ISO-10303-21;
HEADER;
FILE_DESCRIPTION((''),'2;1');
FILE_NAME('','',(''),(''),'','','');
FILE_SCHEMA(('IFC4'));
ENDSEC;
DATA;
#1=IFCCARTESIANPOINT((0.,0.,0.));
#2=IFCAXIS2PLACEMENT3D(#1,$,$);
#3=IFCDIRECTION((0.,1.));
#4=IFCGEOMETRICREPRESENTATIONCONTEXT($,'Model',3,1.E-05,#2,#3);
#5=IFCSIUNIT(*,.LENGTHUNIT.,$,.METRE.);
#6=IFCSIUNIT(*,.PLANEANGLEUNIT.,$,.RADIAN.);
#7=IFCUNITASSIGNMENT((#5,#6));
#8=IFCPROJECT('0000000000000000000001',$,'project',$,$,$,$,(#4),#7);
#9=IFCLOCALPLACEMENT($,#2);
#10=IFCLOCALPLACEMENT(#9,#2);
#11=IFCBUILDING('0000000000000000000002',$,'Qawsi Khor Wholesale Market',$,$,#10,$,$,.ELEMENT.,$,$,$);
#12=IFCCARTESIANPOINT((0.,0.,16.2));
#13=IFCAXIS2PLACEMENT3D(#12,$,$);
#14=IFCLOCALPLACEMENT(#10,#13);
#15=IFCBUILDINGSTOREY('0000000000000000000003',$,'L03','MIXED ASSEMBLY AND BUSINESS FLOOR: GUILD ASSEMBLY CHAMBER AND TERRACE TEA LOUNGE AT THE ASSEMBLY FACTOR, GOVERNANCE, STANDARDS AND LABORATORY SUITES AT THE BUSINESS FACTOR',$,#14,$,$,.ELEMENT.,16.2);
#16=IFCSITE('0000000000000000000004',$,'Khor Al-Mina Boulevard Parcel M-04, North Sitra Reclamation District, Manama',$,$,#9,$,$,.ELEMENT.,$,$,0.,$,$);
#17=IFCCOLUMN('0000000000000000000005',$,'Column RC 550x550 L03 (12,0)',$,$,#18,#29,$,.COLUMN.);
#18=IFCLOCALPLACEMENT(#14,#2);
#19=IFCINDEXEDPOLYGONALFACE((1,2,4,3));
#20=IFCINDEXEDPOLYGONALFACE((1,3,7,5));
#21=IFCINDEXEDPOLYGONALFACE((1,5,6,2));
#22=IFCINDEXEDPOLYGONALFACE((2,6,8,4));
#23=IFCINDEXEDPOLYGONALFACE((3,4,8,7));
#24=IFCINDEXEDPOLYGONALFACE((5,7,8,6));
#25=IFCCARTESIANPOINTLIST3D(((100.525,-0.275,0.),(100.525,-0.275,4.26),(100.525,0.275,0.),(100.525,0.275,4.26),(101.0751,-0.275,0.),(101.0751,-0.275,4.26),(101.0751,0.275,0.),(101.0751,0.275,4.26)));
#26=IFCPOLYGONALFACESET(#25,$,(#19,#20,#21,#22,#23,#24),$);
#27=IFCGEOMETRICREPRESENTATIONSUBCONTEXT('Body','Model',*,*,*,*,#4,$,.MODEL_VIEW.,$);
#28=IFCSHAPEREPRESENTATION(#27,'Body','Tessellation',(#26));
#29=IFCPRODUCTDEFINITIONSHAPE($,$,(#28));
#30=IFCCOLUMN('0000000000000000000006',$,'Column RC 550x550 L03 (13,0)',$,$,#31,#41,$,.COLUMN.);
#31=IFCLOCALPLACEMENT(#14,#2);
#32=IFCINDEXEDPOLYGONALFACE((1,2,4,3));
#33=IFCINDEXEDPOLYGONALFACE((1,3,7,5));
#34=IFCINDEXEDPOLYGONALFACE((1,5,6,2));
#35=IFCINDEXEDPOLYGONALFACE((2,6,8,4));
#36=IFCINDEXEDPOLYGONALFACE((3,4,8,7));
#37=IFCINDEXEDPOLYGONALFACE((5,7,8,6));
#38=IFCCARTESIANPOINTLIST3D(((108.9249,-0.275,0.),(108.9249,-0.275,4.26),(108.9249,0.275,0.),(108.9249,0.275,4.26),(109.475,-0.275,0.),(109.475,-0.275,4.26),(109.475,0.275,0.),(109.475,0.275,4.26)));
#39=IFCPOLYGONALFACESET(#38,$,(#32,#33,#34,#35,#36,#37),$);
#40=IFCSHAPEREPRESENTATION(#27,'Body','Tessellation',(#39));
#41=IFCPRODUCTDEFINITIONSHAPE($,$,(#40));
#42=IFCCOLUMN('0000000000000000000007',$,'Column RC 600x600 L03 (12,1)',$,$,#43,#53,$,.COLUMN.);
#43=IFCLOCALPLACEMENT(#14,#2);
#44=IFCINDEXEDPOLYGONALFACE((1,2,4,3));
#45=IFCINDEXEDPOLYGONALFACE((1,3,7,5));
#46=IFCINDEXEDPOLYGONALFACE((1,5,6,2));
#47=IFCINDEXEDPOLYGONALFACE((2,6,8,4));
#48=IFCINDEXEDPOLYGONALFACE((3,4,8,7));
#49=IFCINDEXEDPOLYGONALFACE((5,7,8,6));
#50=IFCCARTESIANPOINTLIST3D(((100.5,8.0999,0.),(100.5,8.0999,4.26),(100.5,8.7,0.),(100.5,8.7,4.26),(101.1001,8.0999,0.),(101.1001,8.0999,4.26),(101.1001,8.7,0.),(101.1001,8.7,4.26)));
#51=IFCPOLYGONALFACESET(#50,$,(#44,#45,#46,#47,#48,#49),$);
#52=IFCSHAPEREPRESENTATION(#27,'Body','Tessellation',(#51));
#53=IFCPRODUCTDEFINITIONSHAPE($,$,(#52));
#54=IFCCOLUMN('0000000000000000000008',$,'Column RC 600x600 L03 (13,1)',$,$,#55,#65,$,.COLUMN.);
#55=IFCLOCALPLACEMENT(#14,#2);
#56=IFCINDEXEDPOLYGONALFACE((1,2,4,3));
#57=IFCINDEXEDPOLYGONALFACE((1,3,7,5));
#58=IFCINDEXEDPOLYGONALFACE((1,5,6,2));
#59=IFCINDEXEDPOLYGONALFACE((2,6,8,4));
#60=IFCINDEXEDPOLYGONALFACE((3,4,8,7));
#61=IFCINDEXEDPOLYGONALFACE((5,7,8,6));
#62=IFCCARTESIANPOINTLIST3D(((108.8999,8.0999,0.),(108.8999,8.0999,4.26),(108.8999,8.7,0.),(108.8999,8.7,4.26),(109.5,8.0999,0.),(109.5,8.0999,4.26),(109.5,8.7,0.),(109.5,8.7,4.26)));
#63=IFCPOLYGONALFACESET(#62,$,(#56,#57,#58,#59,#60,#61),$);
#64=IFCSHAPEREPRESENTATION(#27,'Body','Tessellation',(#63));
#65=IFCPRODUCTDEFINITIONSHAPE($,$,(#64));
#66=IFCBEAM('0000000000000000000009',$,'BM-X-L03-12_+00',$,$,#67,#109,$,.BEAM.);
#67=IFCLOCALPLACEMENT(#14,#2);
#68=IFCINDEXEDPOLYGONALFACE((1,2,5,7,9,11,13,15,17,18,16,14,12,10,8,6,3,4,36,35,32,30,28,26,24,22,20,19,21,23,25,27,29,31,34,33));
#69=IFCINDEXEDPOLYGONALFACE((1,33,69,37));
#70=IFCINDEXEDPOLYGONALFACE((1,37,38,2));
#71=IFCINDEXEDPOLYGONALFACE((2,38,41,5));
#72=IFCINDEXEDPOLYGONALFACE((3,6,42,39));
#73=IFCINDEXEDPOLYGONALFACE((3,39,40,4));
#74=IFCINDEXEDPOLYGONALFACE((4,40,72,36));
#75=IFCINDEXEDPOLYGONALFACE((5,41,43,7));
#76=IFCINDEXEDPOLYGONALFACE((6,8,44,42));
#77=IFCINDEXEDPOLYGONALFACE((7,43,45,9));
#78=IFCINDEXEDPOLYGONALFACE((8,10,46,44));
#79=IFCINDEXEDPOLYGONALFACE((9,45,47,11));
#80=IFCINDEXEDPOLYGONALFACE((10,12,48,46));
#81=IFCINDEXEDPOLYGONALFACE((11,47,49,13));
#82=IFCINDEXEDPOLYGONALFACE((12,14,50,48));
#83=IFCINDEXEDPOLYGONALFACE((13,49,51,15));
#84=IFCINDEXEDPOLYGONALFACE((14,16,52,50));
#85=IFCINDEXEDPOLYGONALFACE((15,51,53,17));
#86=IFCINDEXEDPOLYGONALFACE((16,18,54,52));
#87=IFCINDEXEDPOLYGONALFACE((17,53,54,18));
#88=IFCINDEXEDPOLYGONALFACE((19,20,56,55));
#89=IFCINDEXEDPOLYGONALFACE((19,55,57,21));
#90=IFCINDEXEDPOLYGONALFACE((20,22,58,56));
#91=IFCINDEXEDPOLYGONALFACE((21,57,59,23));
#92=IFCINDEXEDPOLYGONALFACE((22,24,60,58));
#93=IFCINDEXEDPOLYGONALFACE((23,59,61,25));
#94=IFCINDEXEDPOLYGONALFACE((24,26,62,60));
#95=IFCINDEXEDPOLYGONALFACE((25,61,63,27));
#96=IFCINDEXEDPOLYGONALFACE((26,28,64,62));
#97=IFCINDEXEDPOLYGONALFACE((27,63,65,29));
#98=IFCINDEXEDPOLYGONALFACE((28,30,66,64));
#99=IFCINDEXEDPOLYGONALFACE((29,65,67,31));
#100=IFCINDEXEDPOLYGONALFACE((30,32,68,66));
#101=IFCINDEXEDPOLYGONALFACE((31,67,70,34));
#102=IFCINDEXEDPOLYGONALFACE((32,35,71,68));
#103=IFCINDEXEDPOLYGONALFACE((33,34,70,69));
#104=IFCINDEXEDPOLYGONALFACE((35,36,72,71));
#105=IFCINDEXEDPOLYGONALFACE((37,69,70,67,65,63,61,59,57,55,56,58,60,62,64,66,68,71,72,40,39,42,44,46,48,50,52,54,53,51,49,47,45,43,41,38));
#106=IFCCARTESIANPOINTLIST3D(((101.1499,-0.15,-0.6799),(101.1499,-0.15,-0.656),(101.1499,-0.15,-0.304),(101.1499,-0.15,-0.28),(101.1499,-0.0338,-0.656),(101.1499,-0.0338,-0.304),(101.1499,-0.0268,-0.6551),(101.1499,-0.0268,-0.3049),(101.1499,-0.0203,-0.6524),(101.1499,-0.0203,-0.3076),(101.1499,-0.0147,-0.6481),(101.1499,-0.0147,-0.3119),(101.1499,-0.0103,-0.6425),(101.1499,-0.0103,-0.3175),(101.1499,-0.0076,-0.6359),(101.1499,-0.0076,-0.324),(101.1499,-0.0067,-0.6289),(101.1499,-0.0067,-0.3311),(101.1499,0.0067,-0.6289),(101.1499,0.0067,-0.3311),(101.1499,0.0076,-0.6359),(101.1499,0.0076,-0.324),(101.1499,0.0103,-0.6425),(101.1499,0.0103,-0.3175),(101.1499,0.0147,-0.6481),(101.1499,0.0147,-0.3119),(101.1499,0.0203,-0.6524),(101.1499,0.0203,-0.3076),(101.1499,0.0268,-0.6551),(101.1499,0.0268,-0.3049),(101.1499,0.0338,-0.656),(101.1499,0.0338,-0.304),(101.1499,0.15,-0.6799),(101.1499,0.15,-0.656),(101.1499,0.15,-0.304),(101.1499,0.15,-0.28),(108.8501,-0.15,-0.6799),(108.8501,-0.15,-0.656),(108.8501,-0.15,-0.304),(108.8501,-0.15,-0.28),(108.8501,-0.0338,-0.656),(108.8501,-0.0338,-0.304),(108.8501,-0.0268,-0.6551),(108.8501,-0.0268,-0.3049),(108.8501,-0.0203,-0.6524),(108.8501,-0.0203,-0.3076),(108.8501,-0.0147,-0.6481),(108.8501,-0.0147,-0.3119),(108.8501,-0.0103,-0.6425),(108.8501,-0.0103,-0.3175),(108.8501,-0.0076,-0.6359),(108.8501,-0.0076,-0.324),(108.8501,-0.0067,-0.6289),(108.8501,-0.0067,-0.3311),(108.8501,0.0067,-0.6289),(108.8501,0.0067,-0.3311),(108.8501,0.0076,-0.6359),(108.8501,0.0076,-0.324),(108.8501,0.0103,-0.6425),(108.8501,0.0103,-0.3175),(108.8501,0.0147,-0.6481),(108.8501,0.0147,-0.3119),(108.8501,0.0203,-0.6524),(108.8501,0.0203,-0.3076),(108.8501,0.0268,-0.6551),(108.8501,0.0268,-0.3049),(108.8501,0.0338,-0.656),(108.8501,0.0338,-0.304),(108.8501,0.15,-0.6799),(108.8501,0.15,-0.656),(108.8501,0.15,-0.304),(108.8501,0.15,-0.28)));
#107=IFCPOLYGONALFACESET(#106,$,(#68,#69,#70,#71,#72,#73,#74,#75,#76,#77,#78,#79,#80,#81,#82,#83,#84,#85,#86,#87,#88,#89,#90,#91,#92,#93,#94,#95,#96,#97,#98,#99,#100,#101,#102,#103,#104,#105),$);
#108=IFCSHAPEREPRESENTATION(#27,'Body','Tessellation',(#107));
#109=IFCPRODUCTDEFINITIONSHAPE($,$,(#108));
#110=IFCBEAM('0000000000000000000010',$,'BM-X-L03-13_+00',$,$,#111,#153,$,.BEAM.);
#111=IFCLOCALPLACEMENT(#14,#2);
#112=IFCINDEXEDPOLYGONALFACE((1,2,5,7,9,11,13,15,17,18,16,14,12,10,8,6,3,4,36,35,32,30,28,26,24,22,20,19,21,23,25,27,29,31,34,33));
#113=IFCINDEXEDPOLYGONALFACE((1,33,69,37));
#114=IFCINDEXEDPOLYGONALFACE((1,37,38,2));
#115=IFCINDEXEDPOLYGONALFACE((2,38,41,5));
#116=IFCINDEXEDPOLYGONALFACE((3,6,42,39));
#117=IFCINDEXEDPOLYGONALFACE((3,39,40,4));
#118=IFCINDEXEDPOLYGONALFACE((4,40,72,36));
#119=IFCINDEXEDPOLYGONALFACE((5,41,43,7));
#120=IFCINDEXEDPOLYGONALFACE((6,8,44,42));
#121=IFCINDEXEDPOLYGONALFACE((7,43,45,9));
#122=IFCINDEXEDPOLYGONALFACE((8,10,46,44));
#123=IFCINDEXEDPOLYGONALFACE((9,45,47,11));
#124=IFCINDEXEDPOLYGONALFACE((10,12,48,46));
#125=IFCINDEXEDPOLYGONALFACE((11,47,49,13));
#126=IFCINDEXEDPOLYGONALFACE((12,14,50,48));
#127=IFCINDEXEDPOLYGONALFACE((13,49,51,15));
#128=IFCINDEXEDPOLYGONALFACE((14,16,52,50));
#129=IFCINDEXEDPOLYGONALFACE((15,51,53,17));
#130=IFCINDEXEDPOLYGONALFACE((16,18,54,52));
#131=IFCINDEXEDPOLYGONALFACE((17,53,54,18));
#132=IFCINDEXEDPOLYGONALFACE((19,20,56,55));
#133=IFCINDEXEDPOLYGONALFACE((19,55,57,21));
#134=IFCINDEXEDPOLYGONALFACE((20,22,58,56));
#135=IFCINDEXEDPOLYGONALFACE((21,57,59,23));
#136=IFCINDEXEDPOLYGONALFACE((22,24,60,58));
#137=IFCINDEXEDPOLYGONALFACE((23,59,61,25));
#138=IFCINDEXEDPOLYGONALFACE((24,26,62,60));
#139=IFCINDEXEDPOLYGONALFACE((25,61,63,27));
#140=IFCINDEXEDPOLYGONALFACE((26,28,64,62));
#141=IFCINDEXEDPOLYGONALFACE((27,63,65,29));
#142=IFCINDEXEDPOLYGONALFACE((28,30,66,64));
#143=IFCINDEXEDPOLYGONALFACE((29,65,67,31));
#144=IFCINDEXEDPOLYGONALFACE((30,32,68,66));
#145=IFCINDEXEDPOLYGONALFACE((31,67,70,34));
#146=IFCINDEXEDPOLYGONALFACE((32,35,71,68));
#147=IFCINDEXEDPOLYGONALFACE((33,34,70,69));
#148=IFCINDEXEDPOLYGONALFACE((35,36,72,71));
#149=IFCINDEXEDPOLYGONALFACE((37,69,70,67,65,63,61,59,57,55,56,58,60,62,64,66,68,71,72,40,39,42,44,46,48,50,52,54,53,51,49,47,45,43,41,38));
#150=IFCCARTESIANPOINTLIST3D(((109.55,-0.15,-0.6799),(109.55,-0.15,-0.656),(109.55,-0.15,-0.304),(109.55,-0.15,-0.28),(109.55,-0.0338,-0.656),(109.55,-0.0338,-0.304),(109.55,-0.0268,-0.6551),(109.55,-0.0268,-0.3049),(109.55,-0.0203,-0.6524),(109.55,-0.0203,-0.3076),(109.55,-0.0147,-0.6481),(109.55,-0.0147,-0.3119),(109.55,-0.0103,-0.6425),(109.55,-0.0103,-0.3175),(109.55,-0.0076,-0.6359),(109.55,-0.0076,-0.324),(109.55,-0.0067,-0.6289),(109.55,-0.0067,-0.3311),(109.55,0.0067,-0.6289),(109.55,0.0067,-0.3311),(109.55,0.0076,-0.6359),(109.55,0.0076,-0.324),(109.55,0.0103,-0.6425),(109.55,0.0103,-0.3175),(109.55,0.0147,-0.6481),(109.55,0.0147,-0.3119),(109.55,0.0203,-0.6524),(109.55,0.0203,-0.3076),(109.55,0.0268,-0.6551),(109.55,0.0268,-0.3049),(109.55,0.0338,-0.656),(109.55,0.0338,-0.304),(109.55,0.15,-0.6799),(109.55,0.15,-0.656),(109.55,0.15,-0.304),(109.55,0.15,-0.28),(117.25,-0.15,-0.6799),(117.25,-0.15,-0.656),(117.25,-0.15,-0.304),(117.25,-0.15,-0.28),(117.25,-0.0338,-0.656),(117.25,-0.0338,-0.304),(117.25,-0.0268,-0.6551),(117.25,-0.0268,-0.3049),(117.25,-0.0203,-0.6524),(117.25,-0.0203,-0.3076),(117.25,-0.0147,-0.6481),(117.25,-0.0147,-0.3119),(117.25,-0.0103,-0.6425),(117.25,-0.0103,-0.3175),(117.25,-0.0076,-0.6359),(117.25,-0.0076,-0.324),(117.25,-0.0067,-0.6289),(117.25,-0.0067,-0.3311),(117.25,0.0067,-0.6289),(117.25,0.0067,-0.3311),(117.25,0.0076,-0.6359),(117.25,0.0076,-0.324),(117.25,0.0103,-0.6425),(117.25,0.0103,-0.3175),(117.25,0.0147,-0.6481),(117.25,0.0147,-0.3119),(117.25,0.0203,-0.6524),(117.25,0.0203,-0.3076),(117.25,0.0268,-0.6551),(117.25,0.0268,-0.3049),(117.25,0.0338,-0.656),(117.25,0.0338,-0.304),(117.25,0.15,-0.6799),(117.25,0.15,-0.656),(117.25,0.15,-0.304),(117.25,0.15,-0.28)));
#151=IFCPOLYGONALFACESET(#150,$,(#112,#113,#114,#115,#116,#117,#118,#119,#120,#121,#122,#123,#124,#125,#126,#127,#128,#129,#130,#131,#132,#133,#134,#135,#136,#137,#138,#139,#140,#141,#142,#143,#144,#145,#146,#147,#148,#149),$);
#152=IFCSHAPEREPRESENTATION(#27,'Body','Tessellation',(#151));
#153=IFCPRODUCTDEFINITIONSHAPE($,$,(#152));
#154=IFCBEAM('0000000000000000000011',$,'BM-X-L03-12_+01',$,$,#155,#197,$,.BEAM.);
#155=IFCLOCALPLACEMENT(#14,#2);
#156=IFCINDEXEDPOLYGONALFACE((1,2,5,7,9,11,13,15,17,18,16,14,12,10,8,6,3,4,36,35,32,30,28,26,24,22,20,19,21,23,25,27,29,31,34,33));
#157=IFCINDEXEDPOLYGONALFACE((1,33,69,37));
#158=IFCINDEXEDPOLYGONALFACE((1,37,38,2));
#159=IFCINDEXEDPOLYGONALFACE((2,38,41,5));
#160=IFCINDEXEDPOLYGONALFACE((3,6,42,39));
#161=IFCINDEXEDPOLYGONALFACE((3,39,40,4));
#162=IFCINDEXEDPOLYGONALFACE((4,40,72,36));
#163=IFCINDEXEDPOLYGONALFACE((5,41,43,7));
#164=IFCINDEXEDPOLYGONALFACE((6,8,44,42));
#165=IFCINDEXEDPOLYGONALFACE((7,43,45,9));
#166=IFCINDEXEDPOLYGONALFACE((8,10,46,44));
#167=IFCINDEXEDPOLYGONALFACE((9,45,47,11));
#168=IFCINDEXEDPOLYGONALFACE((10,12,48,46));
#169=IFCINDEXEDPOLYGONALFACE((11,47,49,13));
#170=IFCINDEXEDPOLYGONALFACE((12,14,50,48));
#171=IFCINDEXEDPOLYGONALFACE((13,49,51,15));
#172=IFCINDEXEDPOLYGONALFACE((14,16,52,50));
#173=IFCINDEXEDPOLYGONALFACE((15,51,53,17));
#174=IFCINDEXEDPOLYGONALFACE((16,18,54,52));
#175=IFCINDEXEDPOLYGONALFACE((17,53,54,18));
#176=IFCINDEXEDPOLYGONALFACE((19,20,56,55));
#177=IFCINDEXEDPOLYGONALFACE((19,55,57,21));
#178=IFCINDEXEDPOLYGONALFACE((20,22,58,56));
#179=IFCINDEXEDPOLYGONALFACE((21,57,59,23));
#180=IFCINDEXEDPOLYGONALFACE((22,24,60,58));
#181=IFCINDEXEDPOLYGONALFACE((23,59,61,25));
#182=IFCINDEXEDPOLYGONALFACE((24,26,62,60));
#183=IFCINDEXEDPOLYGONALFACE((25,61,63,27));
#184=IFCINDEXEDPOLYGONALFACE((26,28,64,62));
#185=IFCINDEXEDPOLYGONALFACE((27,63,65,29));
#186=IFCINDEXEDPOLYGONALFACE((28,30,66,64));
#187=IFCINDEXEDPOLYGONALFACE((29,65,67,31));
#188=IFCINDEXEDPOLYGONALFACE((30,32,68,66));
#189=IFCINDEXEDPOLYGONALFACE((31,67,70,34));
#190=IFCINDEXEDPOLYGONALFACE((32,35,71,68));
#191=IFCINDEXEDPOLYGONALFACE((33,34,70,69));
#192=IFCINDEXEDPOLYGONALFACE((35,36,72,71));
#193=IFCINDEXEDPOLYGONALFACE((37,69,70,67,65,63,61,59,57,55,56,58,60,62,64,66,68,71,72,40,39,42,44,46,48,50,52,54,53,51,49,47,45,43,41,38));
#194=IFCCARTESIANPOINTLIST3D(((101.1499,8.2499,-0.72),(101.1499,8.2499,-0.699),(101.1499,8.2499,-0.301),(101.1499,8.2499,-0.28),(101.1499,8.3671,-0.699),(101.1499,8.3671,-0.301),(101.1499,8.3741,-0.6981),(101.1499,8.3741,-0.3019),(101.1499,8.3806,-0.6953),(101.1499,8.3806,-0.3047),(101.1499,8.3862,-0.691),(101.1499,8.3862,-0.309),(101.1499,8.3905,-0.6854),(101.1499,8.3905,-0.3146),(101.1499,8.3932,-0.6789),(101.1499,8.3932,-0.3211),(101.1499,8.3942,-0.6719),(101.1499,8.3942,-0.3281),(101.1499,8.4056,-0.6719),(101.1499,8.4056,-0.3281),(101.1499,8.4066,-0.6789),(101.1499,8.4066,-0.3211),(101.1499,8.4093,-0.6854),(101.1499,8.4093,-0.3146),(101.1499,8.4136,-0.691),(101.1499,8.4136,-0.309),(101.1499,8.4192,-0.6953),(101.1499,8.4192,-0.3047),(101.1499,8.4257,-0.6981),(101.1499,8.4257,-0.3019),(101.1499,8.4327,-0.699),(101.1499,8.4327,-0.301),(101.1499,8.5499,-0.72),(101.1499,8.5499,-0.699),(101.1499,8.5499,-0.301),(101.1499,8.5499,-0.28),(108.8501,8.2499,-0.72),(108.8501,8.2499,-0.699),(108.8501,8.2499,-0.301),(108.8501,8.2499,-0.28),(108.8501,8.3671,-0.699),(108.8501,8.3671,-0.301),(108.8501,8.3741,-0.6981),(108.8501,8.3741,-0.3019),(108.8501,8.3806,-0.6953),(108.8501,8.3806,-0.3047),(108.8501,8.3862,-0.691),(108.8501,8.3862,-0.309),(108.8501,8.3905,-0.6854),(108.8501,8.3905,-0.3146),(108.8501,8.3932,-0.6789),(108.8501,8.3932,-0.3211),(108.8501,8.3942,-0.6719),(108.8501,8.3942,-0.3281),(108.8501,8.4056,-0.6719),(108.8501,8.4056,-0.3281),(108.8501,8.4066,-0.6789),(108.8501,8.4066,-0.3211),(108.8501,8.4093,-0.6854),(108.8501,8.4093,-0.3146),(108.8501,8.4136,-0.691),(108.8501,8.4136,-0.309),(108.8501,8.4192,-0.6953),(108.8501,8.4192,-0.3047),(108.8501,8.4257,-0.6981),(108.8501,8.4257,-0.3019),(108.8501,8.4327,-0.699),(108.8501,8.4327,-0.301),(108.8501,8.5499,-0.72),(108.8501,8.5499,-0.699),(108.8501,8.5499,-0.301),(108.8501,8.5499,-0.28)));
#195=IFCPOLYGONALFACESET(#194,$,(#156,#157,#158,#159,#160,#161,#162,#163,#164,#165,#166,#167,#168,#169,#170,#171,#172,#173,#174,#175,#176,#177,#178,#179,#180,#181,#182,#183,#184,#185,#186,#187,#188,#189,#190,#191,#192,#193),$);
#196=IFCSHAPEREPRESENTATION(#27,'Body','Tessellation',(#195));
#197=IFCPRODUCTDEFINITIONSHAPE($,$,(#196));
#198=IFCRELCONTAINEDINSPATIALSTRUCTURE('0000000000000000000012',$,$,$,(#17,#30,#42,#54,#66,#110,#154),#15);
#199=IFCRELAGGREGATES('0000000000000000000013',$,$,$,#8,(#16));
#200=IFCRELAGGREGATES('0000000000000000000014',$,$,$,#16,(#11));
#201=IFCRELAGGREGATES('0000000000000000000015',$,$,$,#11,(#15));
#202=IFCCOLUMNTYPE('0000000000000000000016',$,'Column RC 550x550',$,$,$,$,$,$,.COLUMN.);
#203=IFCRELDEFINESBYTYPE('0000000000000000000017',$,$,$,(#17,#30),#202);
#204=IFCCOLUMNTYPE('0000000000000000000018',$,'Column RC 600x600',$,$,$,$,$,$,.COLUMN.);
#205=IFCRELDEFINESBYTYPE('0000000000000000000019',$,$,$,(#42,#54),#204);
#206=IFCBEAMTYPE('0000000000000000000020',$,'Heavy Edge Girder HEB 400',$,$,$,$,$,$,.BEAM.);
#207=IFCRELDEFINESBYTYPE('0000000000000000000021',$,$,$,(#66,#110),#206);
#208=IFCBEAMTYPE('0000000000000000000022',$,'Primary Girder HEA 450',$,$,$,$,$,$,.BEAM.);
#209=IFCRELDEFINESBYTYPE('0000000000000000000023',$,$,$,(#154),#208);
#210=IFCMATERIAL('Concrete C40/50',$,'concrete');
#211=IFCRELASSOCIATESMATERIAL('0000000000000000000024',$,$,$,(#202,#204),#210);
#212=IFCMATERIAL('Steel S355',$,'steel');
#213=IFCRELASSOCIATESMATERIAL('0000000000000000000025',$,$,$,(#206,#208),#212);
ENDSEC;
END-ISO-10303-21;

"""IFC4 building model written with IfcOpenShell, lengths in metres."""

from ifc_helpers import new_model, si_unit, direction, frame, origin, origin_2d, place, context, subcontext, project, spatial, rectangle, i_section, extrude, material, material_profile, profile_set, type_object, element, save


model = new_model("IFC4")

# Units and contexts
model_context = context("Model", 3, precision=1e-05, world=origin(), true_north=direction((0.0, 1.0)))
body_context = subcontext(model_context, "Body", "Model", "MODEL_VIEW")
ifc_project = project(units=[si_unit("LENGTHUNIT", "METRE"), si_unit("PLANEANGLEUNIT", "RADIAN")], contexts=[model_context])

# Site, building, storey
site_placement = place(None, origin())
site = spatial("IfcSite", under=ifc_project, at=site_placement, Name="Khor Al-Mina Boulevard Parcel M-04, North Sitra Reclamation District, Manama", CompositionType="ELEMENT", RefElevation=0.0)
building_placement = place(site_placement, origin())
building = spatial("IfcBuilding", under=site, at=building_placement, Name="Qawsi Khor Wholesale Market", CompositionType="ELEMENT")
storey_placement = place(building_placement, frame((0.0, 0.0, 16.2)))
storey = spatial("IfcBuildingStorey", under=building, at=storey_placement, Name="L03", Description="MIXED ASSEMBLY AND BUSINESS FLOOR: GUILD ASSEMBLY CHAMBER AND TERRACE TEA LOUNGE AT THE ASSEMBLY FACTOR, GOVERNANCE, STANDARDS AND LABORATORY SUITES AT THE BUSINESS FACTOR", CompositionType="ELEMENT", Elevation=16.2)

# Columns
ifc_material_1 = material(Name="Concrete C40/50", Category="concrete")
ifc_material_profile_1 = material_profile(ifc_material_1, rectangle(XDim=0.55, YDim=0.55, at=origin_2d()), Name="RC 550x550")
ifc_profile_set_1 = profile_set([ifc_material_profile_1], Name="Concrete C40/50")
column_type_1 = type_object("IfcColumnType", Name="Column RC 550x550", PredefinedType="COLUMN", material=ifc_profile_set_1)
for number, where, z_axis, x_axis, name in (
    (1, (100.8, 0.0, 0.0), (0.0, 0.0, 1.0), (1.0, 0.0, 0.0), "Column RC 550x550 L03 (12,0)"),
    (2, (109.2, 0.0, 0.0), (0.0, 0.0, 1.0), (1.0, 0.0, 0.0), "Column RC 550x550 L03 (13,0)"),
):
    element("IfcColumn", number, at=place(storey_placement, frame(where, z_axis=z_axis, x_axis=x_axis)), inside=storey, type_object=column_type_1, Name=name, PredefinedType="COLUMN", context=body_context, shape_type="SweptSolid", body=[
        extrude(rectangle(XDim=0.55, YDim=0.55, at=origin_2d()), origin(), (0.0, 0.0, 1.0), 4.26),
    ])
ifc_material_profile_2 = material_profile(ifc_material_1, rectangle(XDim=0.6001, YDim=0.6001, at=origin_2d()), Name="RC 600x600")
ifc_profile_set_2 = profile_set([ifc_material_profile_2], Name="Concrete C40/50")
column_type_2 = type_object("IfcColumnType", Name="Column RC 600x600", PredefinedType="COLUMN", material=ifc_profile_set_2)
for number, where, z_axis, x_axis, name in (
    (3, (100.8, 8.3999, 0.0), (0.0, 0.0, 1.0), (1.0, 0.0, 0.0), "Column RC 600x600 L03 (12,1)"),
    (4, (109.2, 8.3999, 0.0), (0.0, 0.0, 1.0), (1.0, 0.0, 0.0), "Column RC 600x600 L03 (13,1)"),
):
    element("IfcColumn", number, at=place(storey_placement, frame(where, z_axis=z_axis, x_axis=x_axis)), inside=storey, type_object=column_type_2, Name=name, PredefinedType="COLUMN", context=body_context, shape_type="SweptSolid", body=[
        extrude(rectangle(XDim=0.6001, YDim=0.6001, at=origin_2d()), origin(), (0.0, 0.0, 1.0), 4.26),
    ])

# Beams
ifc_material_2 = material(Name="Steel S355", Category="steel")
ifc_material_profile_3 = material_profile(ifc_material_2, i_section(OverallWidth=0.3, OverallDepth=0.3999, WebThickness=0.0134, FlangeThickness=0.0239, FilletRadius=0.0271, at=origin_2d()), Name="HEB 400")
ifc_profile_set_3 = profile_set([ifc_material_profile_3], Name="Steel S355")
beam_type_1 = type_object("IfcBeamType", Name="Heavy Edge Girder HEB 400", PredefinedType="BEAM", material=ifc_profile_set_3)
beam_1_placement = place(storey_placement, frame((101.1499, 0.0, -0.48), z_axis=(1.0, 0.0, 0.0), x_axis=(0.0, 1.0, 0.0)))
element("IfcBeam", 5, at=beam_1_placement, inside=storey, type_object=beam_type_1, Name="BM-X-L03-12_+00", PredefinedType="BEAM", context=body_context, shape_type="SweptSolid", body=[
    extrude(i_section(OverallWidth=0.3, OverallDepth=0.3999, WebThickness=0.0134, FlangeThickness=0.0239, FilletRadius=0.0271, at=origin_2d()), origin(), (0.0, 0.0, 1.0), 7.7002),
])
beam_2_placement = place(storey_placement, frame((109.55, 0.0, -0.48), z_axis=(1.0, 0.0, 0.0), x_axis=(0.0, 1.0, 0.0)))
element("IfcBeam", 6, at=beam_2_placement, inside=storey, type_object=beam_type_1, Name="BM-X-L03-13_+00", PredefinedType="BEAM", context=body_context, shape_type="SweptSolid", body=[
    extrude(i_section(OverallWidth=0.3, OverallDepth=0.3999, WebThickness=0.0134, FlangeThickness=0.0239, FilletRadius=0.0271, at=origin_2d()), origin(), (0.0, 0.0, 1.0), 7.7),
])
ifc_material_profile_4 = material_profile(ifc_material_2, i_section(OverallWidth=0.3, OverallDepth=0.4399, WebThickness=0.0115, FlangeThickness=0.021, FilletRadius=0.0271, at=origin_2d()), Name="HEA 450")
ifc_profile_set_4 = profile_set([ifc_material_profile_4], Name="Steel S355")
beam_type_2 = type_object("IfcBeamType", Name="Primary Girder HEA 450", PredefinedType="BEAM", material=ifc_profile_set_4)
beam_3_placement = place(storey_placement, frame((101.1499, 8.3999, -0.5), z_axis=(1.0, 0.0, 0.0), x_axis=(0.0, 1.0, 0.0)))
element("IfcBeam", 7, at=beam_3_placement, inside=storey, type_object=beam_type_2, Name="BM-X-L03-12_+01", PredefinedType="BEAM", context=body_context, shape_type="SweptSolid", body=[
    extrude(i_section(OverallWidth=0.3, OverallDepth=0.4399, WebThickness=0.0115, FlangeThickness=0.021, FilletRadius=0.0271, at=origin_2d()), origin(), (0.0, 0.0, 1.0), 7.7002),
])

save(model, "model.ifc")
